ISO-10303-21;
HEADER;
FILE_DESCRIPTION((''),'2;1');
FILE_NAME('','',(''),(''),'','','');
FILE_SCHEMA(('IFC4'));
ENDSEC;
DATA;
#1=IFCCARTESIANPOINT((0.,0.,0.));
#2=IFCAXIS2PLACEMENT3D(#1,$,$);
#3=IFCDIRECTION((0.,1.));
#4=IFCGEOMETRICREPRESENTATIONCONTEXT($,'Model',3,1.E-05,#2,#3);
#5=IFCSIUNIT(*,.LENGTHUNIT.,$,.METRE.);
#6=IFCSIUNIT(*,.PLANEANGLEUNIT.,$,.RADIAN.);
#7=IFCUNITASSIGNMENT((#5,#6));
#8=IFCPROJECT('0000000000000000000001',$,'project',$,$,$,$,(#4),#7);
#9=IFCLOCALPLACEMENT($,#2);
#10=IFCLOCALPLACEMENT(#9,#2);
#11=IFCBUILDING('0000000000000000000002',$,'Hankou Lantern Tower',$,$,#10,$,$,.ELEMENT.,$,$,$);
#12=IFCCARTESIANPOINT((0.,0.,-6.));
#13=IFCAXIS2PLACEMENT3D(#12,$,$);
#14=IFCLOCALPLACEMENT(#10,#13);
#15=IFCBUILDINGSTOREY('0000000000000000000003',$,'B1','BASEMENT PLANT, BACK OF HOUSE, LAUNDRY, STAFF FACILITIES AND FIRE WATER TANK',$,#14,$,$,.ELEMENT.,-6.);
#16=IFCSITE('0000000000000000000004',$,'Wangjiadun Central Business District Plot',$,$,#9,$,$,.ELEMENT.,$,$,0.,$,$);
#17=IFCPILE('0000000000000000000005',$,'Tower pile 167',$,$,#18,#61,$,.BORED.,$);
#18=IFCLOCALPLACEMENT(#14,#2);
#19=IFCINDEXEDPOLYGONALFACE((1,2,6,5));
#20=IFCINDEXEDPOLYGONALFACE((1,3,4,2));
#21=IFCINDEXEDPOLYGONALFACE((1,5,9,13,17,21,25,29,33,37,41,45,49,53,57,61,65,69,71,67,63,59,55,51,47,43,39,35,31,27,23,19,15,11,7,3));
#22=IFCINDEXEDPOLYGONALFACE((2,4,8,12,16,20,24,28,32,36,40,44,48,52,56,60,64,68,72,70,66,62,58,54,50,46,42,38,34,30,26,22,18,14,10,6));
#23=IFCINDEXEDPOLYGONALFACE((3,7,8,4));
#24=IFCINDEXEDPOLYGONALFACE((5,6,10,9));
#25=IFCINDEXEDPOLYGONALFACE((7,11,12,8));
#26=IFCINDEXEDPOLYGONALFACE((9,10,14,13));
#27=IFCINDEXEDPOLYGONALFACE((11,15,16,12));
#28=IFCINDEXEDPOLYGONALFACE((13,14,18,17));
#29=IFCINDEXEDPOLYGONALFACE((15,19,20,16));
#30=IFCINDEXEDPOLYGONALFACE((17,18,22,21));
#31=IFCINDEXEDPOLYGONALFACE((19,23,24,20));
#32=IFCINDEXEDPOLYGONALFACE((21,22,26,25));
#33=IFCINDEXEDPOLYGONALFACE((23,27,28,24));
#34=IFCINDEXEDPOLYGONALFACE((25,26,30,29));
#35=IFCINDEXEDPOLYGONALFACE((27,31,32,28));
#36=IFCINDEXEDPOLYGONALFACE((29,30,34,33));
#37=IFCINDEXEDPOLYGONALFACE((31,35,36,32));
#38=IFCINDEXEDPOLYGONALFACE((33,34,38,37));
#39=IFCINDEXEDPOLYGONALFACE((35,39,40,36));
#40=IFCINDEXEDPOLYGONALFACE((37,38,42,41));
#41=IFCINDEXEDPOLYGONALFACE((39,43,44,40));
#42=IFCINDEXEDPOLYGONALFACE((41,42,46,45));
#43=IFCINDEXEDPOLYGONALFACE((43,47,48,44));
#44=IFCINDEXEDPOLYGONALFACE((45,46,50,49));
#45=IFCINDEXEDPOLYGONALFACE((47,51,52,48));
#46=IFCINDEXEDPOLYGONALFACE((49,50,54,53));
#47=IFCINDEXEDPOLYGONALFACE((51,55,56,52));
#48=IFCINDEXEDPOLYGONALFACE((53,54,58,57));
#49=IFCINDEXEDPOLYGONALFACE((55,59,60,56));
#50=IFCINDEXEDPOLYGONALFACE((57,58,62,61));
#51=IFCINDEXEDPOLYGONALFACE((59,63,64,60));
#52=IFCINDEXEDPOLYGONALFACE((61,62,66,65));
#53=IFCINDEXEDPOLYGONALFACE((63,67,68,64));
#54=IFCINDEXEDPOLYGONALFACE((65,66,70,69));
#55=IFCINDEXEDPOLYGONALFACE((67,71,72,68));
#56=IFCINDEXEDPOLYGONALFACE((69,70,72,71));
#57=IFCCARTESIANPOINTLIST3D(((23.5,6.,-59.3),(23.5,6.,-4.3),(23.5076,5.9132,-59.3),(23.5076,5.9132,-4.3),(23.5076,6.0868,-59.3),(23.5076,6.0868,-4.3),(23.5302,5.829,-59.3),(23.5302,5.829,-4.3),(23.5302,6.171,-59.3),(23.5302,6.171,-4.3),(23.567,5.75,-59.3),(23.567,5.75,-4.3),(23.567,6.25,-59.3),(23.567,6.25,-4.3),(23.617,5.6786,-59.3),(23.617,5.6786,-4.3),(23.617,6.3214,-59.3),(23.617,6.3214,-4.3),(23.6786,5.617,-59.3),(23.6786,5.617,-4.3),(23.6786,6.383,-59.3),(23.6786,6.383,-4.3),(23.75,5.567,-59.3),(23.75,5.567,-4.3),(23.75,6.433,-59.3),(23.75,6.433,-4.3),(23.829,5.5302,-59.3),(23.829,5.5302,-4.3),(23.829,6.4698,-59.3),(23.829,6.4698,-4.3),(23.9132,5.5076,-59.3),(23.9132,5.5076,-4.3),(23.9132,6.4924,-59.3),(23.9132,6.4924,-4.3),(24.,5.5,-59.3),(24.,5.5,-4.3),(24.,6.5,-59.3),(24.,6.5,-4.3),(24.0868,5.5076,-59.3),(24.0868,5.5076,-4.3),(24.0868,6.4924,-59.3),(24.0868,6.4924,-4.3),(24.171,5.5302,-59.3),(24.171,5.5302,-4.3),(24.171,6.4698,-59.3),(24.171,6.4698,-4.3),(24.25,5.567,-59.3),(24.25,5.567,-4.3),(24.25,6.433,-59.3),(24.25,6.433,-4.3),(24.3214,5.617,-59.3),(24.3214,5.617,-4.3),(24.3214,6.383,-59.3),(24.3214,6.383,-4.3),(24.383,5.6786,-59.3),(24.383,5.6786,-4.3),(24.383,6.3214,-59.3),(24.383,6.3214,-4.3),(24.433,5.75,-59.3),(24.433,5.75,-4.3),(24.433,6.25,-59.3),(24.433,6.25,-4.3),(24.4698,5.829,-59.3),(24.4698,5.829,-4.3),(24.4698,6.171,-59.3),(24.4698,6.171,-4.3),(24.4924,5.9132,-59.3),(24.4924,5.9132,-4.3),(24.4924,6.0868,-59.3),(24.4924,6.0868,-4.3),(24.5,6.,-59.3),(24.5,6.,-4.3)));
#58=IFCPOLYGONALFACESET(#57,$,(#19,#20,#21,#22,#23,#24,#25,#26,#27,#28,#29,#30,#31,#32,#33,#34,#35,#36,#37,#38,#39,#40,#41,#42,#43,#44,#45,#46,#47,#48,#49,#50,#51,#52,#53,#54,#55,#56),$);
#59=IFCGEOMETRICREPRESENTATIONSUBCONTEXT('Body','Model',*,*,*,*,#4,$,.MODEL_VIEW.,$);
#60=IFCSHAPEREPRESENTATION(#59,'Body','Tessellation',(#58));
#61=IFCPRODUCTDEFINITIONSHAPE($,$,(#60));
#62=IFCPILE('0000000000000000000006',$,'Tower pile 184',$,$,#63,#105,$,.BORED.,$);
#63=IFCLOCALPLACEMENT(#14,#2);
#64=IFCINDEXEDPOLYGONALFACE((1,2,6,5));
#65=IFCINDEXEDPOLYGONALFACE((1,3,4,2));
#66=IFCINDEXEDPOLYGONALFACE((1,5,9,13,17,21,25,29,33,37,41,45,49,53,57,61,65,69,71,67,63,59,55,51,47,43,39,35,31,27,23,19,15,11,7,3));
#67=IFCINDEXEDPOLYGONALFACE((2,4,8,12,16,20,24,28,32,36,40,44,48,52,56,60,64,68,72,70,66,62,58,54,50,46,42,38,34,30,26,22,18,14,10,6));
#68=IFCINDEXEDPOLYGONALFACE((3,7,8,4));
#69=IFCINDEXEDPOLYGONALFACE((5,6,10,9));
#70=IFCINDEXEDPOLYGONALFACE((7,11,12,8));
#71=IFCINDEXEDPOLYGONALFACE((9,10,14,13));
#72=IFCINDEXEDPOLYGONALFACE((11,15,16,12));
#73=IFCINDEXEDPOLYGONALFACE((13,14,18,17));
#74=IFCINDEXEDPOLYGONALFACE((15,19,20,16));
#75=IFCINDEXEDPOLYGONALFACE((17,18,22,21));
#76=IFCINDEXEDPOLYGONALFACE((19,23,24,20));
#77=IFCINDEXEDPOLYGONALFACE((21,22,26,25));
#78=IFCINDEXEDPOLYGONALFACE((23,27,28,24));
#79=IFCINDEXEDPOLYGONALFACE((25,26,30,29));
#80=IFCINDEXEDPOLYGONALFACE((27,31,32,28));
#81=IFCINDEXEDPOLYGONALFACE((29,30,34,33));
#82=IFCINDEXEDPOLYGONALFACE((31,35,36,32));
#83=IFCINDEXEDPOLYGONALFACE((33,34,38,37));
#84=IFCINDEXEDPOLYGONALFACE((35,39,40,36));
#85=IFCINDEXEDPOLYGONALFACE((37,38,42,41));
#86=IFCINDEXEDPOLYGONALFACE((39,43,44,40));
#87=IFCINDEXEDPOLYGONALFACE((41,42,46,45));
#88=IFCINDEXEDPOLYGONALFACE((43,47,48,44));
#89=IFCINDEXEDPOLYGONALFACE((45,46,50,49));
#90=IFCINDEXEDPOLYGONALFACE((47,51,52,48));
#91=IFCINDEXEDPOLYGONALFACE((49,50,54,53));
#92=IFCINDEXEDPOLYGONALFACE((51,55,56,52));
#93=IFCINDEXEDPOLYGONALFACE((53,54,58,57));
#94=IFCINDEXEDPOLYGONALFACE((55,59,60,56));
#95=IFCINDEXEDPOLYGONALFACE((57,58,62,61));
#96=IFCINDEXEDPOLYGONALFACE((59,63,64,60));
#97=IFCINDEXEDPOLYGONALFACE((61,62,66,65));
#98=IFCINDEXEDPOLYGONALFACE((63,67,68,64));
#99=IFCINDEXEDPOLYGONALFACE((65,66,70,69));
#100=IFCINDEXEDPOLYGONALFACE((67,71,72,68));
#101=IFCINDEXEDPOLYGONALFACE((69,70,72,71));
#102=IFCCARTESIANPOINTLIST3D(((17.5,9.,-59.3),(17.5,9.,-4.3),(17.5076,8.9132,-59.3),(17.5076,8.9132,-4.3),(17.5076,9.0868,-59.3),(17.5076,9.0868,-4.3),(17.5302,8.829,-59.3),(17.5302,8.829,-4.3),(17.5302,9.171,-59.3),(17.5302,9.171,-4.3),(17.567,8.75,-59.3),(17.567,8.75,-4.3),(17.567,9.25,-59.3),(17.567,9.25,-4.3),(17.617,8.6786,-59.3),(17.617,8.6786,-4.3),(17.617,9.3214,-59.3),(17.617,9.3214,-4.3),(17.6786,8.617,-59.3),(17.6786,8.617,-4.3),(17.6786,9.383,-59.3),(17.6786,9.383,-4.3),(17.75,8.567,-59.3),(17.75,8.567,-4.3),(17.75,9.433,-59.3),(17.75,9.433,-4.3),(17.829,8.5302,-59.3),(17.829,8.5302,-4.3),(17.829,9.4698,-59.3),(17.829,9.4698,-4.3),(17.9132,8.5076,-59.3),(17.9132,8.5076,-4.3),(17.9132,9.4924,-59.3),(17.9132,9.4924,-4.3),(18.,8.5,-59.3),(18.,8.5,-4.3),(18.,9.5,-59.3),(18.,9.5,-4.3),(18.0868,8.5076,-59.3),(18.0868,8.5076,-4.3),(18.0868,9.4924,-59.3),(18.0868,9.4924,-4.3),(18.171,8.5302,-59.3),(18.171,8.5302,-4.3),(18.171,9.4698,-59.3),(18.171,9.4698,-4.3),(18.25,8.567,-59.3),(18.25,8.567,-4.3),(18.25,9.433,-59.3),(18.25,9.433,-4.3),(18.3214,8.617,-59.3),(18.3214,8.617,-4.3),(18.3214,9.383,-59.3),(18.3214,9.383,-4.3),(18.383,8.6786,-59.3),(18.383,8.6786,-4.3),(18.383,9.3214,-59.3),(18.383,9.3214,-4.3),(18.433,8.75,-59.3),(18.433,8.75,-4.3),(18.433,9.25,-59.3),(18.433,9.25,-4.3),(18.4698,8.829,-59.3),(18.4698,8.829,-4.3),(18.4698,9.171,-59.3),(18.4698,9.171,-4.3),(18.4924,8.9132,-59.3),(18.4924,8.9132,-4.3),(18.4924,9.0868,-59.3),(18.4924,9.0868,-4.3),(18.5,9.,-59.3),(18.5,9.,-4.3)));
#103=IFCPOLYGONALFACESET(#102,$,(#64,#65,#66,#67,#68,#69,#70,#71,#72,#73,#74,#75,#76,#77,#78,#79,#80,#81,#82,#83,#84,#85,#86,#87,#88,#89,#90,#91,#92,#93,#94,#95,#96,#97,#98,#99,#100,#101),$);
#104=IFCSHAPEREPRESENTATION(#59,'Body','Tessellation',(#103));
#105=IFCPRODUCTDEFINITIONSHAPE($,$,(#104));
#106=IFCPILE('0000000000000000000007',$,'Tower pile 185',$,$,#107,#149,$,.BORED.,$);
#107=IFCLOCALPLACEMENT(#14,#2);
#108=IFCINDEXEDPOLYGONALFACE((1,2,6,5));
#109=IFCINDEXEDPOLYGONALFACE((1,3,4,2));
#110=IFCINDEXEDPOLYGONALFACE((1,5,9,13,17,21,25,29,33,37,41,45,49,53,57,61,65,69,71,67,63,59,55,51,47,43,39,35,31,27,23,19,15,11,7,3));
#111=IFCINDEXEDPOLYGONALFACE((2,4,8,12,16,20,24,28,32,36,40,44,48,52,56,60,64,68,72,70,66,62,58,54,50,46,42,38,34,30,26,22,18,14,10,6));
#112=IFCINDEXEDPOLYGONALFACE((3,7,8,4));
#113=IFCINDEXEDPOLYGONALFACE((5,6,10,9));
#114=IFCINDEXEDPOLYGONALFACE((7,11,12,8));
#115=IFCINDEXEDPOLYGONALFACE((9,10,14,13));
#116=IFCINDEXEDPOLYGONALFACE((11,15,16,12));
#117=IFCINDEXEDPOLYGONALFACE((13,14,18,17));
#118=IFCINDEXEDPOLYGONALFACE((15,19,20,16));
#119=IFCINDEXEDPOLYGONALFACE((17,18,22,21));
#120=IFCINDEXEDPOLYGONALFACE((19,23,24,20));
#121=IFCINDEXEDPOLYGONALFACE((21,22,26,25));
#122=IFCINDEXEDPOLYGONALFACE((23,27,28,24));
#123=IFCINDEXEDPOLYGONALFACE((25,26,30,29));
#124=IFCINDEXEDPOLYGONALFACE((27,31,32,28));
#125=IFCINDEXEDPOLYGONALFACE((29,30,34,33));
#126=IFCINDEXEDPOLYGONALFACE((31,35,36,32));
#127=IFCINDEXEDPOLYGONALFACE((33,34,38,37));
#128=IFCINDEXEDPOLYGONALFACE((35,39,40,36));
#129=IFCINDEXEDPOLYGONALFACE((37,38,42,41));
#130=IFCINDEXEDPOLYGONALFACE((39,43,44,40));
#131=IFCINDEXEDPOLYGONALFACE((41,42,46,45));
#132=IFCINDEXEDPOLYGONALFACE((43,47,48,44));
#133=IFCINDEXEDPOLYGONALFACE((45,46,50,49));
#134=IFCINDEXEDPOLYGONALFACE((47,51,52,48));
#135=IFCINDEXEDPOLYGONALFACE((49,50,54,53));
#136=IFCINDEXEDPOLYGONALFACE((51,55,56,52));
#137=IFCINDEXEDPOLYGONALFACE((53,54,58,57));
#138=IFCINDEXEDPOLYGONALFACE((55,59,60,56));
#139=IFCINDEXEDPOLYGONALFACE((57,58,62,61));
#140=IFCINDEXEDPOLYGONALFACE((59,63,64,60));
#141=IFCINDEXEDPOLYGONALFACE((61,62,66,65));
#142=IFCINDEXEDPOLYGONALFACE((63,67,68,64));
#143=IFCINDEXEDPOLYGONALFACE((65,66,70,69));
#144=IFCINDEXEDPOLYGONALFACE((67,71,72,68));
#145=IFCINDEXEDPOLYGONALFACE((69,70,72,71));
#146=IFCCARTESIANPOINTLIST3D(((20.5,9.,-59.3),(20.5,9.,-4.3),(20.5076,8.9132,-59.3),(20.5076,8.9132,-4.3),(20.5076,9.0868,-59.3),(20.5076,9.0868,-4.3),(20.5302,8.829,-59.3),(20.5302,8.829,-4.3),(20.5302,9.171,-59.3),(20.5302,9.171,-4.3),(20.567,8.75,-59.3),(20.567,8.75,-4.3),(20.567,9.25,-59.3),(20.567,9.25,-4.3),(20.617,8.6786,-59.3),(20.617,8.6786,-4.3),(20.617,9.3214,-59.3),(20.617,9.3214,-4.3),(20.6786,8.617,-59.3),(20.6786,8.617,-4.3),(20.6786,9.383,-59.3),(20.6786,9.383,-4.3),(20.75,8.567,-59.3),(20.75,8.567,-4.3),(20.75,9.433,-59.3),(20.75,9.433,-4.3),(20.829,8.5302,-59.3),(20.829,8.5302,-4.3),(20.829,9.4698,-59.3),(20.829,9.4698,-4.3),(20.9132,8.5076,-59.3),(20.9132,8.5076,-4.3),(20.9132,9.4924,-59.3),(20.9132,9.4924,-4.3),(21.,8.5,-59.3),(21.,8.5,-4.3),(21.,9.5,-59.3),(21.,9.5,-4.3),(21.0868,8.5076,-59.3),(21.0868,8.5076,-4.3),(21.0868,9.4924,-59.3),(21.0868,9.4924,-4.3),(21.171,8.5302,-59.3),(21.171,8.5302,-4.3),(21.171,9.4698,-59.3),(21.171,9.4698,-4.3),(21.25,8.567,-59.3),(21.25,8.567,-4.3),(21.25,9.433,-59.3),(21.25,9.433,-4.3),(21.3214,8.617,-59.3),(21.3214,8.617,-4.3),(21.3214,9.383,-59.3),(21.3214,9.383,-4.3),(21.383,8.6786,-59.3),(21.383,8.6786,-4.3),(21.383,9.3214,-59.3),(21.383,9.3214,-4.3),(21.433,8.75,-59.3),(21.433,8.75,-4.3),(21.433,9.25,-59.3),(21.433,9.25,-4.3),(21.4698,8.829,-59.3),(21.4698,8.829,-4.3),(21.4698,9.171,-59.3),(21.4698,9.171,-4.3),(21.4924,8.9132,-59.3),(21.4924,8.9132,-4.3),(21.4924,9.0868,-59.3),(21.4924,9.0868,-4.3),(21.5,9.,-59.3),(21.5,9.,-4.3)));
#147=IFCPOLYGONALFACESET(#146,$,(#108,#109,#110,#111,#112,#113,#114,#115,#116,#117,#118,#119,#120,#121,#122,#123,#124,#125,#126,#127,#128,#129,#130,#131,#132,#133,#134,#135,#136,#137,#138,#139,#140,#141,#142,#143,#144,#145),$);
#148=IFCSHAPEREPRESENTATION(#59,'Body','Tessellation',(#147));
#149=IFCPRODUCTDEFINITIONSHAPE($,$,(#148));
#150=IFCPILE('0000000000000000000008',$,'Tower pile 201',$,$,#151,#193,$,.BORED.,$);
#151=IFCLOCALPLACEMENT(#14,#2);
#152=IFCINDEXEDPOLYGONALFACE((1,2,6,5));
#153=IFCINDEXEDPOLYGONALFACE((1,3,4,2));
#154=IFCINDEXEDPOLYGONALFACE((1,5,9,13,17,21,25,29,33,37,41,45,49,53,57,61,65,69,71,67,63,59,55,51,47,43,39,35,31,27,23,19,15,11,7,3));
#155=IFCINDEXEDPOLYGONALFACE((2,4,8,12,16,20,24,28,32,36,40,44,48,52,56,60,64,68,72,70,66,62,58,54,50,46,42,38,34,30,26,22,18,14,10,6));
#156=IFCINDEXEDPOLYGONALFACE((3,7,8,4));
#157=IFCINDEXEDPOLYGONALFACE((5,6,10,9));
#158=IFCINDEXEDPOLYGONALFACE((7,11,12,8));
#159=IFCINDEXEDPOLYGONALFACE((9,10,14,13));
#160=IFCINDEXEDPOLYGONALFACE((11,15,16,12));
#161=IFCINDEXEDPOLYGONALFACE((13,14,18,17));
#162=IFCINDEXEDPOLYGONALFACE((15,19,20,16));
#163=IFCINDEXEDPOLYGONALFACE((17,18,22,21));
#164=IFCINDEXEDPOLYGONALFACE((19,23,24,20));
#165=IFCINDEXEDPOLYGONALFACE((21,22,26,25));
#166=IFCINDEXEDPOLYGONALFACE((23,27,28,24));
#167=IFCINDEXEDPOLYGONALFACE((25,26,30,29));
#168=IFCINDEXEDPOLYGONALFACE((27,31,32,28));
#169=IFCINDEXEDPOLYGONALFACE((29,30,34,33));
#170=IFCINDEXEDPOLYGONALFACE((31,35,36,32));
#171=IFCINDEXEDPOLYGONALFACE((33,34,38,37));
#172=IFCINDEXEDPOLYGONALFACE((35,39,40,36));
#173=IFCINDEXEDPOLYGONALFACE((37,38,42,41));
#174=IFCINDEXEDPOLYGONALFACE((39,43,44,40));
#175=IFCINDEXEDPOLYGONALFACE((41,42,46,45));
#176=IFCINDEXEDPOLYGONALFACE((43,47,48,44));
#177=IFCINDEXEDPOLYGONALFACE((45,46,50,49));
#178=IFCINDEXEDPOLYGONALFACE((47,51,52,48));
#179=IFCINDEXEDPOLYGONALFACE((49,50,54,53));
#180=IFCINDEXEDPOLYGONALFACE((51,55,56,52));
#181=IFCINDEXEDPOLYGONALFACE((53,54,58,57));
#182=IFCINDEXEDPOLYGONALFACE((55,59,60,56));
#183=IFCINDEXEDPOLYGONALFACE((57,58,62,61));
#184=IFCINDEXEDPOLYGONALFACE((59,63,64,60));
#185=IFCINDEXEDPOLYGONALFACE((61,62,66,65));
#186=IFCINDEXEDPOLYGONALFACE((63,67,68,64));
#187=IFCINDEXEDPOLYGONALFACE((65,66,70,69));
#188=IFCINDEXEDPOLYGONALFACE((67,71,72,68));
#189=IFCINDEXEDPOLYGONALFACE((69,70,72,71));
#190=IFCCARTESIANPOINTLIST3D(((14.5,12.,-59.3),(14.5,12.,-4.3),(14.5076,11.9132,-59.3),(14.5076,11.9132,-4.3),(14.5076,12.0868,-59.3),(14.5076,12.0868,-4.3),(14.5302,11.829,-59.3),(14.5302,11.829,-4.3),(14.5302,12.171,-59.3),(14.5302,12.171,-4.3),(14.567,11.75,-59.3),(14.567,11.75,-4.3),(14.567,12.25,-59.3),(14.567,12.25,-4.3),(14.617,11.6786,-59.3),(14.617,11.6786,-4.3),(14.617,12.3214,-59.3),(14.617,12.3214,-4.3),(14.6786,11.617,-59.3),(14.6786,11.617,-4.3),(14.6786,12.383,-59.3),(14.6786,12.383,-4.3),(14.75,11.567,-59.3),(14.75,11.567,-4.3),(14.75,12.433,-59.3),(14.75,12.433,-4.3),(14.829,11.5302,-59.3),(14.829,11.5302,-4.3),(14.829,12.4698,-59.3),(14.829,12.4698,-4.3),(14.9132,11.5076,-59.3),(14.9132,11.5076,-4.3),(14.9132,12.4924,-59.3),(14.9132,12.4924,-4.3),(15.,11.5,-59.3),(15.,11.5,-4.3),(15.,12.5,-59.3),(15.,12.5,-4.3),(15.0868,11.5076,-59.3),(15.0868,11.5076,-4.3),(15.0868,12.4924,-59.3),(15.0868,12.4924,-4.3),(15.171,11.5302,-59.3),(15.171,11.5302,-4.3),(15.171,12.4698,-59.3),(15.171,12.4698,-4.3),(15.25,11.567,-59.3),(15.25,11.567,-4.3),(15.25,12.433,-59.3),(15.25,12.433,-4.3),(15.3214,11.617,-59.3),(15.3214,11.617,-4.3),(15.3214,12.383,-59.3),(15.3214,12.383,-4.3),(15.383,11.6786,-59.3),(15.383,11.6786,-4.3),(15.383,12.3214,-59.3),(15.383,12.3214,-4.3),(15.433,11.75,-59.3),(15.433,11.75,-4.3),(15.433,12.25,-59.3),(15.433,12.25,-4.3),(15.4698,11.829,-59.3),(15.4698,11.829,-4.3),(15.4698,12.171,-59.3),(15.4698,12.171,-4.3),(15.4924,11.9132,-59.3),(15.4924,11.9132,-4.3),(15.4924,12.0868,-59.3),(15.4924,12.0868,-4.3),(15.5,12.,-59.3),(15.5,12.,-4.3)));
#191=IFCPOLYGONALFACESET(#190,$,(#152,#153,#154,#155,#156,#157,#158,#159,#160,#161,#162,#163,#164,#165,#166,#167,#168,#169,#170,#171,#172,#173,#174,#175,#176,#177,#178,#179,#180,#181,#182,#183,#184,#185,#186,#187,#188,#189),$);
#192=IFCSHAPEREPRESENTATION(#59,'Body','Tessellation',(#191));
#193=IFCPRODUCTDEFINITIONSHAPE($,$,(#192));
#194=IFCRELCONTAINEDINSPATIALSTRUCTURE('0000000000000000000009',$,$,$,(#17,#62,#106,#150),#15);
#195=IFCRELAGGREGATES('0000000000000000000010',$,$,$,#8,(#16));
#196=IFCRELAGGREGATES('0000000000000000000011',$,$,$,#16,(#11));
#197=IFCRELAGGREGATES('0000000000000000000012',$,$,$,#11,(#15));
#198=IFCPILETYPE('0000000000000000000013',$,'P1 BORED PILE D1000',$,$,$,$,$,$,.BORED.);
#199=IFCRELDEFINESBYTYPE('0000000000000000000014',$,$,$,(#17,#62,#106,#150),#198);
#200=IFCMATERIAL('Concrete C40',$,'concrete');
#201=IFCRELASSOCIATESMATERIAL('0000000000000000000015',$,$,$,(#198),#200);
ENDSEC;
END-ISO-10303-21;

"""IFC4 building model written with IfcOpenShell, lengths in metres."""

from ifc_helpers import new_model, si_unit, direction, frame, origin, origin_2d, place, context, subcontext, project, spatial, circle, extrude, material, material_profile, profile_set, type_object, element, save


model = new_model("IFC4")

# Units and contexts
model_context = context("Model", 3, precision=1e-05, world=origin(), true_north=direction((0.0, 1.0)))
body_context = subcontext(model_context, "Body", "Model", "MODEL_VIEW")
ifc_project = project(units=[si_unit("LENGTHUNIT", "METRE"), si_unit("PLANEANGLEUNIT", "RADIAN")], contexts=[model_context])

# Site, building, storey
site_placement = place(None, origin())
site = spatial("IfcSite", under=ifc_project, at=site_placement, Name="Wangjiadun Central Business District Plot", CompositionType="ELEMENT", RefElevation=0.0)
building_placement = place(site_placement, origin())
building = spatial("IfcBuilding", under=site, at=building_placement, Name="Hankou Lantern Tower", CompositionType="ELEMENT")
storey_placement = place(building_placement, frame((0.0, 0.0, -6.0)))
storey = spatial("IfcBuildingStorey", under=building, at=storey_placement, Name="B1", Description="BASEMENT PLANT, BACK OF HOUSE, LAUNDRY, STAFF FACILITIES AND FIRE WATER TANK", CompositionType="ELEMENT", Elevation=-6.0)

# Piles
ifc_material_1 = material(Name="Concrete C40", Category="concrete")
ifc_material_profile_1 = material_profile(ifc_material_1, circle(Radius=0.5, at=origin_2d()), Name="RC D1000")
ifc_profile_set_1 = profile_set([ifc_material_profile_1], Name="Concrete C40")
pile_type = type_object("IfcPileType", Name="P1 BORED PILE D1000", PredefinedType="BORED", material=ifc_profile_set_1)
for number, where, z_axis, x_axis, name in (
    (1, (24.0, 6.0, -4.3), (0.0, 0.0, -1.0), (1.0, 0.0, 0.0), "Tower pile 167"),
    (2, (18.0, 9.0, -4.3), (0.0, 0.0, -1.0), (1.0, 0.0, 0.0), "Tower pile 184"),
    (3, (21.0, 9.0, -4.3), (0.0, 0.0, -1.0), (1.0, 0.0, 0.0), "Tower pile 185"),
    (4, (15.0, 12.0, -4.3), (0.0, 0.0, -1.0), (1.0, 0.0, 0.0), "Tower pile 201"),
):
    element("IfcPile", number, at=place(storey_placement, frame(where, z_axis=z_axis, x_axis=x_axis)), inside=storey, type_object=pile_type, Name=name, PredefinedType="BORED", context=body_context, shape_type="SweptSolid", body=[
        extrude(circle(Radius=0.5, at=origin_2d()), origin(), (0.0, 0.0, 1.0), 55.0),
    ])

save(model, "model.ifc")
